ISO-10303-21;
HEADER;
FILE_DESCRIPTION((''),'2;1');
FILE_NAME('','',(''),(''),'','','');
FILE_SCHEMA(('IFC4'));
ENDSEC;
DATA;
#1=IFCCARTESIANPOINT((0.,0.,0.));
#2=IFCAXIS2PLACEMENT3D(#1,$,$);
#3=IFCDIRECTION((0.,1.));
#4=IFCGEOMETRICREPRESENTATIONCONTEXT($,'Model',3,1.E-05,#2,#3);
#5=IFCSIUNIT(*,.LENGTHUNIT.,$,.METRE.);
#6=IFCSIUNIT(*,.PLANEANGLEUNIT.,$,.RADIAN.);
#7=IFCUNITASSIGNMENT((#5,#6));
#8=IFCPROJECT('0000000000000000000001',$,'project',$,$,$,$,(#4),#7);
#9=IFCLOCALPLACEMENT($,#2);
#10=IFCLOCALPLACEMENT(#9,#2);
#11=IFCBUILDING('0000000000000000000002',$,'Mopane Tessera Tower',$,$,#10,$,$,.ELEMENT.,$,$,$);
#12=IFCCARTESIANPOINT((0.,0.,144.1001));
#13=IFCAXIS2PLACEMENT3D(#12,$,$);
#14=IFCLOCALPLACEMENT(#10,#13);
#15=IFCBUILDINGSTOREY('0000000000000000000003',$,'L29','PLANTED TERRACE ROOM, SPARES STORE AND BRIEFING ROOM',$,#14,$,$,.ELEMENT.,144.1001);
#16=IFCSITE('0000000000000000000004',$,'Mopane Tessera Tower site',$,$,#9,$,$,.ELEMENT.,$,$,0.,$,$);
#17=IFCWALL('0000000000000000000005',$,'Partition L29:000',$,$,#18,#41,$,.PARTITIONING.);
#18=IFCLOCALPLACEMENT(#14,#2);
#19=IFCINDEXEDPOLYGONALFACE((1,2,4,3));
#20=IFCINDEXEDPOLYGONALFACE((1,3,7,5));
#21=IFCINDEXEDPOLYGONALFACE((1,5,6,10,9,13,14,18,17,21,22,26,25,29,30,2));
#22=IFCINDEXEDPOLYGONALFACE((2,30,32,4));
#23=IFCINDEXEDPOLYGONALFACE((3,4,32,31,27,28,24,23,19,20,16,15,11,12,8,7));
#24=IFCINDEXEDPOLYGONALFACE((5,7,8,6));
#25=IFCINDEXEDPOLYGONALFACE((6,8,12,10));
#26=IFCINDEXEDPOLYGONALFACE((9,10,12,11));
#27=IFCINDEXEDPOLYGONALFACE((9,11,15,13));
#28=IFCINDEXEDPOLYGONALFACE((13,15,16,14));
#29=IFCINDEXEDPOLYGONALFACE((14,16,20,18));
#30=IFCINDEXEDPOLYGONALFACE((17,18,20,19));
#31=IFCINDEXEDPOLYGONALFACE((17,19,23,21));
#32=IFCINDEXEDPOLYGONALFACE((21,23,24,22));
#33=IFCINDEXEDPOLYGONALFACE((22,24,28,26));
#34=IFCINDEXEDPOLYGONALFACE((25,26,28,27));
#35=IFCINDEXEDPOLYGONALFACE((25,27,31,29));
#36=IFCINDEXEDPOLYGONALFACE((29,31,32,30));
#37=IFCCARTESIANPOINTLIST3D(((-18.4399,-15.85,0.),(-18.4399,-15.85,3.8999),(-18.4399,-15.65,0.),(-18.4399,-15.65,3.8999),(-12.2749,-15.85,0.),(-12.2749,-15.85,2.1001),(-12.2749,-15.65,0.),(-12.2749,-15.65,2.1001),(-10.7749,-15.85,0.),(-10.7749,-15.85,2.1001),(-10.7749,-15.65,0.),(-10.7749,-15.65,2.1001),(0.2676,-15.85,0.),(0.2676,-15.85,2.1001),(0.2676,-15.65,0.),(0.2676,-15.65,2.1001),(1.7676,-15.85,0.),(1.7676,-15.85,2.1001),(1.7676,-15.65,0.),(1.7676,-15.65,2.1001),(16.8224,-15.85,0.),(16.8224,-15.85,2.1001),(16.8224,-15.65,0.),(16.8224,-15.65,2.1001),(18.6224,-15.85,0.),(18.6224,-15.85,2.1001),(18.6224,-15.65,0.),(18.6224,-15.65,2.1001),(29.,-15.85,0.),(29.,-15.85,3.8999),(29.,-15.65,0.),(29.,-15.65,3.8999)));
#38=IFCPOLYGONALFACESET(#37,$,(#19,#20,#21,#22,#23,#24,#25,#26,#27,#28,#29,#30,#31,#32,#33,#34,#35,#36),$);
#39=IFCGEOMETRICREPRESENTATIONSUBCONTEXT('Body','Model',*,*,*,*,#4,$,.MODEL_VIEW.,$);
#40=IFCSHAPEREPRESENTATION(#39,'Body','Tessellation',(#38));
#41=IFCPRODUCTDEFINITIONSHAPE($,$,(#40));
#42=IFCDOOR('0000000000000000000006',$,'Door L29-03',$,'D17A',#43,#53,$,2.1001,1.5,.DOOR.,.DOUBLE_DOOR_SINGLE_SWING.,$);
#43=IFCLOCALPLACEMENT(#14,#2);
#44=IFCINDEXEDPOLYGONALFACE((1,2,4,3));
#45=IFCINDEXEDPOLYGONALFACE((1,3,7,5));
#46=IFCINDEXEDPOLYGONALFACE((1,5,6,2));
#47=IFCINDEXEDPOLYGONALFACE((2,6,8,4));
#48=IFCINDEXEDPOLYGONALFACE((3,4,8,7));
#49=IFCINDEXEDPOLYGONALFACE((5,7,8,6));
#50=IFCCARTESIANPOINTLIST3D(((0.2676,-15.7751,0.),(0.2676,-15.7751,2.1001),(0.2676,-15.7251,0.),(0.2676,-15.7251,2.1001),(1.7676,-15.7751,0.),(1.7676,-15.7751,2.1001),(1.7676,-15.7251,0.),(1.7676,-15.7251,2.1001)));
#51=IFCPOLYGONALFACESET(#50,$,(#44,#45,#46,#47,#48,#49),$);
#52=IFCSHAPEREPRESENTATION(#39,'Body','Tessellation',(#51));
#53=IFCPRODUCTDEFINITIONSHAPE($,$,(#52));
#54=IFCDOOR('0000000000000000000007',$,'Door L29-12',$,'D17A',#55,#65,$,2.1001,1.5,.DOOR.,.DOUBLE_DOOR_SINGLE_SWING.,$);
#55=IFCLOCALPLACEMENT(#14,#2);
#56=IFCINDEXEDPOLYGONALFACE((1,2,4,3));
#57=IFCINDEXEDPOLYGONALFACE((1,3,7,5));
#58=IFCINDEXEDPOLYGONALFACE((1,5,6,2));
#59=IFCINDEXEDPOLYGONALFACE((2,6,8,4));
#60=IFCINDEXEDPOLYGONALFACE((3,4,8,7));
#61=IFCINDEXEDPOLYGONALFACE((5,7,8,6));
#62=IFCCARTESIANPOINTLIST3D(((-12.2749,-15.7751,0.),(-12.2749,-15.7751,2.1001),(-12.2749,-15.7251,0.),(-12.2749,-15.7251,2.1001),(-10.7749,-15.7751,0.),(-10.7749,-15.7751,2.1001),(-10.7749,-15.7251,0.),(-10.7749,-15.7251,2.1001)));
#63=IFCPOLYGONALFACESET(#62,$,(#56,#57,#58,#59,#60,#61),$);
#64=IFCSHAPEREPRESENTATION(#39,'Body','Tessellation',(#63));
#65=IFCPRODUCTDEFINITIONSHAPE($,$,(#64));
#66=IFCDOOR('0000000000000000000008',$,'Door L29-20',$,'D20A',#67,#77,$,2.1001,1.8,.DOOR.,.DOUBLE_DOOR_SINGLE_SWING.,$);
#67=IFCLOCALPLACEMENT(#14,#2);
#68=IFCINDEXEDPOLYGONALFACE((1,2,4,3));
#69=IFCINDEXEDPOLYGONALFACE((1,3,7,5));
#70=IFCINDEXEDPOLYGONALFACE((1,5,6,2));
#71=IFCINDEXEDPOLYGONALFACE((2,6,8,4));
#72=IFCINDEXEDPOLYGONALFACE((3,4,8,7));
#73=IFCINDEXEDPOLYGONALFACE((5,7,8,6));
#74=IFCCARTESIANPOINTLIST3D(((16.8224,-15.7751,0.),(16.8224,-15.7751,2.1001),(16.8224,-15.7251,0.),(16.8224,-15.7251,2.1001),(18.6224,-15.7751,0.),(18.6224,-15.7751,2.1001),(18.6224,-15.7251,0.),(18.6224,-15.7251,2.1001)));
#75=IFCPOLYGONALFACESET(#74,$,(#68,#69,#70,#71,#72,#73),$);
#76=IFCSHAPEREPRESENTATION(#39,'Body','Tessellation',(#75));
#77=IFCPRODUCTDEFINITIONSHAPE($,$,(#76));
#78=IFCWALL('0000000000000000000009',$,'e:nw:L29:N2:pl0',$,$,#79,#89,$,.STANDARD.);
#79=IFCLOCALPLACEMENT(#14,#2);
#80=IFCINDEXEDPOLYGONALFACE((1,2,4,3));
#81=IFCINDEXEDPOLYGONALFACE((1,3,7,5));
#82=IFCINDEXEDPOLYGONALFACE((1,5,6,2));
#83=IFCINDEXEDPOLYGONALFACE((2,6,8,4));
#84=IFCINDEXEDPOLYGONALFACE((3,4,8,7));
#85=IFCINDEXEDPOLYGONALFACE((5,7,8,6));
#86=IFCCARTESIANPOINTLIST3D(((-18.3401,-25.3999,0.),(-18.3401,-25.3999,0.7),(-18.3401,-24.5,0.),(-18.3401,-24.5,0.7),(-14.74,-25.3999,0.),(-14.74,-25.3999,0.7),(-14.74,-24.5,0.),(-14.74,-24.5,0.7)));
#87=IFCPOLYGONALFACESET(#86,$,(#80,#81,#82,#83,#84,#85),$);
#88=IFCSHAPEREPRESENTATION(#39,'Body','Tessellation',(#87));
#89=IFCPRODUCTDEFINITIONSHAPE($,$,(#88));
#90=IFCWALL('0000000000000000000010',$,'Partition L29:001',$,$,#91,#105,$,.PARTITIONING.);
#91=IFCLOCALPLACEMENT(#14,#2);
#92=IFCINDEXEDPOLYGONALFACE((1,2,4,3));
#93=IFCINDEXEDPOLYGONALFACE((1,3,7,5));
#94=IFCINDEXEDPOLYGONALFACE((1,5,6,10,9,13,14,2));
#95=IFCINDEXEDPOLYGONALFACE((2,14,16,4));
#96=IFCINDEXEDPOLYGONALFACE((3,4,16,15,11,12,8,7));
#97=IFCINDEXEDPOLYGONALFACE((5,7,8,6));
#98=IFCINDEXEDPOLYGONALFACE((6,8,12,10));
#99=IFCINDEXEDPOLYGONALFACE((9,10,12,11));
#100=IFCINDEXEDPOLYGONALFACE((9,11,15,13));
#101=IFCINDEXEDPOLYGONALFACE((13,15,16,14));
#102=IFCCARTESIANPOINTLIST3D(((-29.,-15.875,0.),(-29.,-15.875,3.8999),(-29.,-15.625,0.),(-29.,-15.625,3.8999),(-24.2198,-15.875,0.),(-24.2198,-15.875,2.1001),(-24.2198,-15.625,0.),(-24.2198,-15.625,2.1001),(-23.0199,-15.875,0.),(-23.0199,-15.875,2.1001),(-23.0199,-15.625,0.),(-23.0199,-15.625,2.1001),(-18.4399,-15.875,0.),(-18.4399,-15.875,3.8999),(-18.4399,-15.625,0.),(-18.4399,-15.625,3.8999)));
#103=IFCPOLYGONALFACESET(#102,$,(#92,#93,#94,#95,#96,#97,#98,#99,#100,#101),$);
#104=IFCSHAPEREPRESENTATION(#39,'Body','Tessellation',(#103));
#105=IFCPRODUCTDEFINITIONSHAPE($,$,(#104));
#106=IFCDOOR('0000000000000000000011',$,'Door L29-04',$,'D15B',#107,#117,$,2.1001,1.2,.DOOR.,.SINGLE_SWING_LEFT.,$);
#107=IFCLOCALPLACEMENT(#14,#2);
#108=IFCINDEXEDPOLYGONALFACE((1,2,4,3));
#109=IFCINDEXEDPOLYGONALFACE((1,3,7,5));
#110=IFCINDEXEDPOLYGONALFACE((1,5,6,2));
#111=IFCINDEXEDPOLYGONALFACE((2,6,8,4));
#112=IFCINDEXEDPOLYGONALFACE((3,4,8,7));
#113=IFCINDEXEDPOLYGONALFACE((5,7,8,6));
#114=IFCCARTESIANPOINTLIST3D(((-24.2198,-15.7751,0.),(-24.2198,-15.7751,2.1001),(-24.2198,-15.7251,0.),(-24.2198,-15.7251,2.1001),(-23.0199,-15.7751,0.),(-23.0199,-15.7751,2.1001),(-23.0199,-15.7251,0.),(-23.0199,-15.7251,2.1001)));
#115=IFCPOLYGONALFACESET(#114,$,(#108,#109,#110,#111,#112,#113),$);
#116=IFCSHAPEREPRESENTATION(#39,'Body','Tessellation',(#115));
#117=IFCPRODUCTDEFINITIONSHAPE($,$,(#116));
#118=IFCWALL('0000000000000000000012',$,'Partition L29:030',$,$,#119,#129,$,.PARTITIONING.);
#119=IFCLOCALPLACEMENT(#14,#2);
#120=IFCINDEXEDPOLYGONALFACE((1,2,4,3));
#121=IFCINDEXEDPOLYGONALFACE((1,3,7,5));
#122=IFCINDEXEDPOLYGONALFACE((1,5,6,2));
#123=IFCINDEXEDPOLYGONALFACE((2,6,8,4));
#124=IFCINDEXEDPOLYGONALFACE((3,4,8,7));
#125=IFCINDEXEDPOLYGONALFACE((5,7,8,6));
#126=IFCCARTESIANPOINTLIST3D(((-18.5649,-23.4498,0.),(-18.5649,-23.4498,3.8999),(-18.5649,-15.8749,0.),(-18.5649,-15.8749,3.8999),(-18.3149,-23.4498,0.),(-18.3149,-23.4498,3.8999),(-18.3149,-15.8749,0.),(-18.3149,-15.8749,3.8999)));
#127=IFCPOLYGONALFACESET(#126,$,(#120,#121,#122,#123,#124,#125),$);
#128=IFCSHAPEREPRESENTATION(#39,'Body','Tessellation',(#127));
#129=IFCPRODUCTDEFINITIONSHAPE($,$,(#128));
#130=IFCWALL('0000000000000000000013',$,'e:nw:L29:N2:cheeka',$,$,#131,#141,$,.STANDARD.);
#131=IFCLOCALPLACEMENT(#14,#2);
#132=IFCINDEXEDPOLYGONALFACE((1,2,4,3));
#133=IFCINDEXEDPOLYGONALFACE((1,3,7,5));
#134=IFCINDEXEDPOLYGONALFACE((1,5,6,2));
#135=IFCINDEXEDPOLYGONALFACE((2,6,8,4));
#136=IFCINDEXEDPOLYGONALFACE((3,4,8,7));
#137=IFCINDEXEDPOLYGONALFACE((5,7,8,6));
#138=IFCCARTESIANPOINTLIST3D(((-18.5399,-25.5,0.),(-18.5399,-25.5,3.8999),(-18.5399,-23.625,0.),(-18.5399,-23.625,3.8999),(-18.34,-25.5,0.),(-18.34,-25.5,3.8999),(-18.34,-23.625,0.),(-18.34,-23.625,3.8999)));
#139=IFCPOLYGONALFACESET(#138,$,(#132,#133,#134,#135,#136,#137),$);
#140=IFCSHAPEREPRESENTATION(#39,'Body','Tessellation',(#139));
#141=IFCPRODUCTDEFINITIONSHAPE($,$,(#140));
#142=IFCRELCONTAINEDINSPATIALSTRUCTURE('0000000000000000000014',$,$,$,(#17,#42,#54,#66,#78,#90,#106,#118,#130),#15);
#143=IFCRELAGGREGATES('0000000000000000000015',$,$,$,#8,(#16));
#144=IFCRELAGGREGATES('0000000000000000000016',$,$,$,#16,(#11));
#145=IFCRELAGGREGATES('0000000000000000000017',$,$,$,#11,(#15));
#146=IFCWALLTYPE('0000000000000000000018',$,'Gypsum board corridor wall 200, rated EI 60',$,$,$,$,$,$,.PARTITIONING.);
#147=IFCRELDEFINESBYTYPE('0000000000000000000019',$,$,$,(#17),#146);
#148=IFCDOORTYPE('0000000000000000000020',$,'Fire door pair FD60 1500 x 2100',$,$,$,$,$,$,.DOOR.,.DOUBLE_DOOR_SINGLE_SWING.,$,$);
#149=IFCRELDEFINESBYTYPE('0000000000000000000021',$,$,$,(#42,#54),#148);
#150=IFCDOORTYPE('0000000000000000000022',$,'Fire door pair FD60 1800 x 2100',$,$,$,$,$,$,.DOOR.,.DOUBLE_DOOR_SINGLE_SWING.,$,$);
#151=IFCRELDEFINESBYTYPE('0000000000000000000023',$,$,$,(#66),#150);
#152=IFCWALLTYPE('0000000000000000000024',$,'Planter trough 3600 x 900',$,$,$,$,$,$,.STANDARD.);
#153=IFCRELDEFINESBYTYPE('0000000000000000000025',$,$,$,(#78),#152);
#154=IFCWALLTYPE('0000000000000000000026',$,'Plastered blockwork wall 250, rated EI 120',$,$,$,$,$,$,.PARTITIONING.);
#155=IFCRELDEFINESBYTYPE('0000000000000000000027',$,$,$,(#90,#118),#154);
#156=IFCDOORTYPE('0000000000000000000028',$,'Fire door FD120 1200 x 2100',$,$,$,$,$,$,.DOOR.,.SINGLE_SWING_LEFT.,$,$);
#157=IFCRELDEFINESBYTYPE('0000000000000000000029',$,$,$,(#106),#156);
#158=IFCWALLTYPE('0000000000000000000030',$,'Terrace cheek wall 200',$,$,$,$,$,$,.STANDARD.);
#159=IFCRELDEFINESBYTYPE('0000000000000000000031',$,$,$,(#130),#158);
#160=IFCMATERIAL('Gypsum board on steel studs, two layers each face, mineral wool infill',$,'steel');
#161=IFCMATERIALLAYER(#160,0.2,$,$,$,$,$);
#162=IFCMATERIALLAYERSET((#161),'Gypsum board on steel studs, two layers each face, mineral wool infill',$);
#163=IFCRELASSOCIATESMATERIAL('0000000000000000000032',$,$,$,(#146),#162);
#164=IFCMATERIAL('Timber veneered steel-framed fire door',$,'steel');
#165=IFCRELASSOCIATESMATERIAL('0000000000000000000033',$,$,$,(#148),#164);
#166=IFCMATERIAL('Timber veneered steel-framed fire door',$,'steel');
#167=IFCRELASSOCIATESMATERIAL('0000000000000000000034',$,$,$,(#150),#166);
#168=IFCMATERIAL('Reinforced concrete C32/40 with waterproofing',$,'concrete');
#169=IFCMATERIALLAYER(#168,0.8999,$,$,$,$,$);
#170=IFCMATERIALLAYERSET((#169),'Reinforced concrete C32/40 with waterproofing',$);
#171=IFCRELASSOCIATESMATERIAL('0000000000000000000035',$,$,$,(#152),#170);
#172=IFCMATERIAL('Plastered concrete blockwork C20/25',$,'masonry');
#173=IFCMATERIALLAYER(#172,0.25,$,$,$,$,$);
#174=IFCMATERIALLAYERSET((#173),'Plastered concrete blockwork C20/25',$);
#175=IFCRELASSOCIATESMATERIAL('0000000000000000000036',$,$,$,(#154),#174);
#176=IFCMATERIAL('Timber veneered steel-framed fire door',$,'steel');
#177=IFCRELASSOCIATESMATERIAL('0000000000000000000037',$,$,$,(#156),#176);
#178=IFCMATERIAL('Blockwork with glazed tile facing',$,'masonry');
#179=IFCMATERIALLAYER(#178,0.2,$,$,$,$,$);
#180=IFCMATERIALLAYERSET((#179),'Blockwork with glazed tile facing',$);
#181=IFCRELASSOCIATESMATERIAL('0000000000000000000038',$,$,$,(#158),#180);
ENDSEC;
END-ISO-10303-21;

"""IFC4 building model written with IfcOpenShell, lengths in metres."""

from ifc_helpers import new_model, si_unit, direction, frame, frame_2d, origin, place, context, subcontext, project, spatial, rectangle, extrude, material, layer, layer_set, type_object, element, fill, save


model = new_model("IFC4")

# Units and contexts
model_context = context("Model", 3, precision=1e-05, world=origin(), true_north=direction((0.0, 1.0)))
body_context = subcontext(model_context, "Body", "Model", "MODEL_VIEW")
ifc_project = project(units=[si_unit("LENGTHUNIT", "METRE"), si_unit("PLANEANGLEUNIT", "RADIAN")], contexts=[model_context])

# Site, building, storey
site_placement = place(None, origin())
site = spatial("IfcSite", under=ifc_project, at=site_placement, Name="Mopane Tessera Tower site", CompositionType="ELEMENT", RefElevation=0.0)
building_placement = place(site_placement, origin())
building = spatial("IfcBuilding", under=site, at=building_placement, Name="Mopane Tessera Tower", CompositionType="ELEMENT")
storey_placement = place(building_placement, frame((0.0, 0.0, 144.1001)))
storey = spatial("IfcBuildingStorey", under=building, at=storey_placement, Name="L29", Description="PLANTED TERRACE ROOM, SPARES STORE AND BRIEFING ROOM", CompositionType="ELEMENT", Elevation=144.1001)

# Wall, openings, doors
ifc_material_1 = material(Name="Gypsum board on steel studs, two layers each face, mineral wool infill", Category="steel")
ifc_layer_1 = layer(ifc_material_1, 0.2)
ifc_layer_set_1 = layer_set([ifc_layer_1], Name="Gypsum board on steel studs, two layers each face, mineral wool infill")
wall_type_1 = type_object("IfcWallType", Name="Gypsum board corridor wall 200, rated EI 60", PredefinedType="PARTITIONING", material=ifc_layer_set_1)
wall_1_placement = place(storey_placement, frame((-18.4399, -15.75, 0.0), z_axis=(0.0, 0.0, 1.0), x_axis=(1.0, 0.0, 0.0)))
wall_1 = element("IfcWall", 1, at=wall_1_placement, inside=storey, type_object=wall_type_1, Name="Partition L29:000", PredefinedType="PARTITIONING", context=body_context, shape_type="SweptSolid", body=[
    extrude(rectangle(XDim=47.4399, YDim=0.2, at=frame_2d((23.72, 0.0))), origin(), (0.0, 0.0, 1.0), 3.8999),
])
opening_1_placement = place(wall_1_placement, frame((18.7075, 0.0, 0.0)))
opening_1 = element("IfcOpeningElement", 2, at=opening_1_placement, cuts=wall_1, PredefinedType="OPENING", context=body_context, shape_type="SweptSolid", body=[
    extrude(rectangle(XDim=1.5, YDim=2.1001, at=frame_2d((0.75, 1.05))), frame((0.0, 0.1121, 0.0), z_axis=(0.0, -1.0, 0.0), x_axis=(1.0, 0.0, 0.0)), (0.0, 0.0, 1.0), 0.2239),
])
opening_2_placement = place(wall_1_placement, frame((6.165, 0.0, 0.0)))
opening_2 = element("IfcOpeningElement", 3, at=opening_2_placement, cuts=wall_1, PredefinedType="OPENING", context=body_context, shape_type="SweptSolid", body=[
    extrude(rectangle(XDim=1.5, YDim=2.1001, at=frame_2d((0.75, 1.05))), frame((0.0, 0.1121, 0.0), z_axis=(0.0, -1.0, 0.0), x_axis=(1.0, 0.0, 0.0)), (0.0, 0.0, 1.0), 0.2239),
])
opening_3_placement = place(wall_1_placement, frame((35.2625, 0.0, 0.0)))
opening_3 = element("IfcOpeningElement", 4, at=opening_3_placement, cuts=wall_1, PredefinedType="OPENING", context=body_context, shape_type="SweptSolid", body=[
    extrude(rectangle(XDim=1.8, YDim=2.1001, at=frame_2d((0.8999, 1.05))), frame((0.0, 0.1121, 0.0), z_axis=(0.0, -1.0, 0.0), x_axis=(1.0, 0.0, 0.0)), (0.0, 0.0, 1.0), 0.2239),
])
ifc_material_2 = material(Name="Timber veneered steel-framed fire door", Category="steel")
door_type_1 = type_object("IfcDoorType", Name="Fire door pair FD60 1500 x 2100", OperationType="DOUBLE_DOOR_SINGLE_SWING", PredefinedType="DOOR", material=ifc_material_2)
door_1_placement = place(opening_1_placement, origin())
door_1 = element("IfcDoor", 5, at=door_1_placement, inside=storey, type_object=door_type_1, Name="Door L29-03", ObjectType="D17A", OperationType="DOUBLE_DOOR_SINGLE_SWING", OverallHeight=2.1001, OverallWidth=1.5, PredefinedType="DOOR", context=body_context, shape_type="SweptSolid", body=[
    extrude(rectangle(XDim=1.5, YDim=2.1001, at=frame_2d((0.75, 1.05))), frame((0.0, 0.0249, 0.0), z_axis=(0.0, -1.0, 0.0), x_axis=(1.0, 0.0, 0.0)), (0.0, 0.0, 1.0), 0.05),
])
fill(opening_1, door_1)
door_2_placement = place(opening_2_placement, origin())
door_2 = element("IfcDoor", 6, at=door_2_placement, inside=storey, type_object=door_type_1, Name="Door L29-12", ObjectType="D17A", OperationType="DOUBLE_DOOR_SINGLE_SWING", OverallHeight=2.1001, OverallWidth=1.5, PredefinedType="DOOR", context=body_context, shape_type="SweptSolid", body=[
    extrude(rectangle(XDim=1.5, YDim=2.1001, at=frame_2d((0.75, 1.05))), frame((0.0, 0.0249, 0.0), z_axis=(0.0, -1.0, 0.0), x_axis=(1.0, 0.0, 0.0)), (0.0, 0.0, 1.0), 0.05),
])
fill(opening_2, door_2)
ifc_material_3 = material(Name="Timber veneered steel-framed fire door", Category="steel")
door_type_2 = type_object("IfcDoorType", Name="Fire door pair FD60 1800 x 2100", OperationType="DOUBLE_DOOR_SINGLE_SWING", PredefinedType="DOOR", material=ifc_material_3)
door_3_placement = place(opening_3_placement, origin())
door_3 = element("IfcDoor", 7, at=door_3_placement, inside=storey, type_object=door_type_2, Name="Door L29-20", ObjectType="D20A", OperationType="DOUBLE_DOOR_SINGLE_SWING", OverallHeight=2.1001, OverallWidth=1.8, PredefinedType="DOOR", context=body_context, shape_type="SweptSolid", body=[
    extrude(rectangle(XDim=1.8, YDim=2.1001, at=frame_2d((0.8999, 1.05))), frame((0.0, 0.0249, 0.0), z_axis=(0.0, -1.0, 0.0), x_axis=(1.0, 0.0, 0.0)), (0.0, 0.0, 1.0), 0.05),
])
fill(opening_3, door_3)

# Wall
ifc_material_4 = material(Name="Reinforced concrete C32/40 with waterproofing", Category="concrete")
ifc_layer_2 = layer(ifc_material_4, 0.8999)
ifc_layer_set_2 = layer_set([ifc_layer_2], Name="Reinforced concrete C32/40 with waterproofing")
wall_type_2 = type_object("IfcWallType", Name="Planter trough 3600 x 900", PredefinedType="STANDARD", material=ifc_layer_set_2)
wall_2_placement = place(storey_placement, frame((-18.3401, -24.95, 0.0), z_axis=(0.0, 0.0, 1.0), x_axis=(1.0, 0.0, 0.0)))
element("IfcWall", 8, at=wall_2_placement, inside=storey, type_object=wall_type_2, Name="e:nw:L29:N2:pl0", PredefinedType="STANDARD", context=body_context, shape_type="SweptSolid", body=[
    extrude(rectangle(XDim=3.6001, YDim=0.8999, at=frame_2d((1.8, 0.0))), origin(), (0.0, 0.0, 1.0), 0.7),
])

# Wall, opening, door
ifc_material_5 = material(Name="Plastered concrete blockwork C20/25", Category="masonry")
ifc_layer_3 = layer(ifc_material_5, 0.25)
ifc_layer_set_3 = layer_set([ifc_layer_3], Name="Plastered concrete blockwork C20/25")
wall_type_3 = type_object("IfcWallType", Name="Plastered blockwork wall 250, rated EI 120", PredefinedType="PARTITIONING", material=ifc_layer_set_3)
wall_3_placement = place(storey_placement, frame((-29.0, -15.75, 0.0), z_axis=(0.0, 0.0, 1.0), x_axis=(1.0, 0.0, 0.0)))
wall_3 = element("IfcWall", 9, at=wall_3_placement, inside=storey, type_object=wall_type_3, Name="Partition L29:001", PredefinedType="PARTITIONING", context=body_context, shape_type="SweptSolid", body=[
    extrude(rectangle(XDim=10.5601, YDim=0.25, at=frame_2d((5.28, 0.0))), origin(), (0.0, 0.0, 1.0), 3.8999),
])
opening_4_placement = place(wall_3_placement, frame((4.78, 0.0, 0.0)))
opening_4 = element("IfcOpeningElement", 10, at=opening_4_placement, cuts=wall_3, PredefinedType="OPENING", context=body_context, shape_type="SweptSolid", body=[
    extrude(rectangle(XDim=1.2, YDim=2.1001, at=frame_2d((0.6001, 1.05))), frame((0.0, 0.137, 0.0), z_axis=(0.0, -1.0, 0.0), x_axis=(1.0, 0.0, 0.0)), (0.0, 0.0, 1.0), 0.2739),
])
ifc_material_6 = material(Name="Timber veneered steel-framed fire door", Category="steel")
door_type_3 = type_object("IfcDoorType", Name="Fire door FD120 1200 x 2100", OperationType="SINGLE_SWING_LEFT", PredefinedType="DOOR", material=ifc_material_6)
door_4_placement = place(opening_4_placement, origin())
door_4 = element("IfcDoor", 11, at=door_4_placement, inside=storey, type_object=door_type_3, Name="Door L29-04", ObjectType="D15B", OperationType="SINGLE_SWING_LEFT", OverallHeight=2.1001, OverallWidth=1.2, PredefinedType="DOOR", context=body_context, shape_type="SweptSolid", body=[
    extrude(rectangle(XDim=1.2, YDim=2.1001, at=frame_2d((0.6001, 1.05))), frame((0.0, 0.0249, 0.0), z_axis=(0.0, -1.0, 0.0), x_axis=(1.0, 0.0, 0.0)), (0.0, 0.0, 1.0), 0.05),
])
fill(opening_4, door_4)

# Walls
wall_4_placement = place(storey_placement, frame((-18.4399, -23.45, 0.0), z_axis=(0.0, 0.0, 1.0), x_axis=(0.0, 1.0, 0.0)))
element("IfcWall", 12, at=wall_4_placement, inside=storey, type_object=wall_type_3, Name="Partition L29:030", PredefinedType="PARTITIONING", context=body_context, shape_type="SweptSolid", body=[
    extrude(rectangle(XDim=7.575, YDim=0.25, at=frame_2d((3.7876, 0.0))), origin(), (0.0, 0.0, 1.0), 3.8999),
])
ifc_material_7 = material(Name="Blockwork with glazed tile facing", Category="masonry")
ifc_layer_4 = layer(ifc_material_7, 0.2)
ifc_layer_set_4 = layer_set([ifc_layer_4], Name="Blockwork with glazed tile facing")
wall_type_4 = type_object("IfcWallType", Name="Terrace cheek wall 200", PredefinedType="STANDARD", material=ifc_layer_set_4)
wall_5_placement = place(storey_placement, frame((-18.4399, -25.5, 0.0), z_axis=(0.0, 0.0, 1.0), x_axis=(0.0, 1.0, 0.0)))
element("IfcWall", 13, at=wall_5_placement, inside=storey, type_object=wall_type_4, Name="e:nw:L29:N2:cheeka", PredefinedType="STANDARD", context=body_context, shape_type="SweptSolid", body=[
    extrude(rectangle(XDim=1.875, YDim=0.2, at=frame_2d((0.9375, 0.0))), origin(), (0.0, 0.0, 1.0), 3.8999),
])

save(model, "model.ifc")
